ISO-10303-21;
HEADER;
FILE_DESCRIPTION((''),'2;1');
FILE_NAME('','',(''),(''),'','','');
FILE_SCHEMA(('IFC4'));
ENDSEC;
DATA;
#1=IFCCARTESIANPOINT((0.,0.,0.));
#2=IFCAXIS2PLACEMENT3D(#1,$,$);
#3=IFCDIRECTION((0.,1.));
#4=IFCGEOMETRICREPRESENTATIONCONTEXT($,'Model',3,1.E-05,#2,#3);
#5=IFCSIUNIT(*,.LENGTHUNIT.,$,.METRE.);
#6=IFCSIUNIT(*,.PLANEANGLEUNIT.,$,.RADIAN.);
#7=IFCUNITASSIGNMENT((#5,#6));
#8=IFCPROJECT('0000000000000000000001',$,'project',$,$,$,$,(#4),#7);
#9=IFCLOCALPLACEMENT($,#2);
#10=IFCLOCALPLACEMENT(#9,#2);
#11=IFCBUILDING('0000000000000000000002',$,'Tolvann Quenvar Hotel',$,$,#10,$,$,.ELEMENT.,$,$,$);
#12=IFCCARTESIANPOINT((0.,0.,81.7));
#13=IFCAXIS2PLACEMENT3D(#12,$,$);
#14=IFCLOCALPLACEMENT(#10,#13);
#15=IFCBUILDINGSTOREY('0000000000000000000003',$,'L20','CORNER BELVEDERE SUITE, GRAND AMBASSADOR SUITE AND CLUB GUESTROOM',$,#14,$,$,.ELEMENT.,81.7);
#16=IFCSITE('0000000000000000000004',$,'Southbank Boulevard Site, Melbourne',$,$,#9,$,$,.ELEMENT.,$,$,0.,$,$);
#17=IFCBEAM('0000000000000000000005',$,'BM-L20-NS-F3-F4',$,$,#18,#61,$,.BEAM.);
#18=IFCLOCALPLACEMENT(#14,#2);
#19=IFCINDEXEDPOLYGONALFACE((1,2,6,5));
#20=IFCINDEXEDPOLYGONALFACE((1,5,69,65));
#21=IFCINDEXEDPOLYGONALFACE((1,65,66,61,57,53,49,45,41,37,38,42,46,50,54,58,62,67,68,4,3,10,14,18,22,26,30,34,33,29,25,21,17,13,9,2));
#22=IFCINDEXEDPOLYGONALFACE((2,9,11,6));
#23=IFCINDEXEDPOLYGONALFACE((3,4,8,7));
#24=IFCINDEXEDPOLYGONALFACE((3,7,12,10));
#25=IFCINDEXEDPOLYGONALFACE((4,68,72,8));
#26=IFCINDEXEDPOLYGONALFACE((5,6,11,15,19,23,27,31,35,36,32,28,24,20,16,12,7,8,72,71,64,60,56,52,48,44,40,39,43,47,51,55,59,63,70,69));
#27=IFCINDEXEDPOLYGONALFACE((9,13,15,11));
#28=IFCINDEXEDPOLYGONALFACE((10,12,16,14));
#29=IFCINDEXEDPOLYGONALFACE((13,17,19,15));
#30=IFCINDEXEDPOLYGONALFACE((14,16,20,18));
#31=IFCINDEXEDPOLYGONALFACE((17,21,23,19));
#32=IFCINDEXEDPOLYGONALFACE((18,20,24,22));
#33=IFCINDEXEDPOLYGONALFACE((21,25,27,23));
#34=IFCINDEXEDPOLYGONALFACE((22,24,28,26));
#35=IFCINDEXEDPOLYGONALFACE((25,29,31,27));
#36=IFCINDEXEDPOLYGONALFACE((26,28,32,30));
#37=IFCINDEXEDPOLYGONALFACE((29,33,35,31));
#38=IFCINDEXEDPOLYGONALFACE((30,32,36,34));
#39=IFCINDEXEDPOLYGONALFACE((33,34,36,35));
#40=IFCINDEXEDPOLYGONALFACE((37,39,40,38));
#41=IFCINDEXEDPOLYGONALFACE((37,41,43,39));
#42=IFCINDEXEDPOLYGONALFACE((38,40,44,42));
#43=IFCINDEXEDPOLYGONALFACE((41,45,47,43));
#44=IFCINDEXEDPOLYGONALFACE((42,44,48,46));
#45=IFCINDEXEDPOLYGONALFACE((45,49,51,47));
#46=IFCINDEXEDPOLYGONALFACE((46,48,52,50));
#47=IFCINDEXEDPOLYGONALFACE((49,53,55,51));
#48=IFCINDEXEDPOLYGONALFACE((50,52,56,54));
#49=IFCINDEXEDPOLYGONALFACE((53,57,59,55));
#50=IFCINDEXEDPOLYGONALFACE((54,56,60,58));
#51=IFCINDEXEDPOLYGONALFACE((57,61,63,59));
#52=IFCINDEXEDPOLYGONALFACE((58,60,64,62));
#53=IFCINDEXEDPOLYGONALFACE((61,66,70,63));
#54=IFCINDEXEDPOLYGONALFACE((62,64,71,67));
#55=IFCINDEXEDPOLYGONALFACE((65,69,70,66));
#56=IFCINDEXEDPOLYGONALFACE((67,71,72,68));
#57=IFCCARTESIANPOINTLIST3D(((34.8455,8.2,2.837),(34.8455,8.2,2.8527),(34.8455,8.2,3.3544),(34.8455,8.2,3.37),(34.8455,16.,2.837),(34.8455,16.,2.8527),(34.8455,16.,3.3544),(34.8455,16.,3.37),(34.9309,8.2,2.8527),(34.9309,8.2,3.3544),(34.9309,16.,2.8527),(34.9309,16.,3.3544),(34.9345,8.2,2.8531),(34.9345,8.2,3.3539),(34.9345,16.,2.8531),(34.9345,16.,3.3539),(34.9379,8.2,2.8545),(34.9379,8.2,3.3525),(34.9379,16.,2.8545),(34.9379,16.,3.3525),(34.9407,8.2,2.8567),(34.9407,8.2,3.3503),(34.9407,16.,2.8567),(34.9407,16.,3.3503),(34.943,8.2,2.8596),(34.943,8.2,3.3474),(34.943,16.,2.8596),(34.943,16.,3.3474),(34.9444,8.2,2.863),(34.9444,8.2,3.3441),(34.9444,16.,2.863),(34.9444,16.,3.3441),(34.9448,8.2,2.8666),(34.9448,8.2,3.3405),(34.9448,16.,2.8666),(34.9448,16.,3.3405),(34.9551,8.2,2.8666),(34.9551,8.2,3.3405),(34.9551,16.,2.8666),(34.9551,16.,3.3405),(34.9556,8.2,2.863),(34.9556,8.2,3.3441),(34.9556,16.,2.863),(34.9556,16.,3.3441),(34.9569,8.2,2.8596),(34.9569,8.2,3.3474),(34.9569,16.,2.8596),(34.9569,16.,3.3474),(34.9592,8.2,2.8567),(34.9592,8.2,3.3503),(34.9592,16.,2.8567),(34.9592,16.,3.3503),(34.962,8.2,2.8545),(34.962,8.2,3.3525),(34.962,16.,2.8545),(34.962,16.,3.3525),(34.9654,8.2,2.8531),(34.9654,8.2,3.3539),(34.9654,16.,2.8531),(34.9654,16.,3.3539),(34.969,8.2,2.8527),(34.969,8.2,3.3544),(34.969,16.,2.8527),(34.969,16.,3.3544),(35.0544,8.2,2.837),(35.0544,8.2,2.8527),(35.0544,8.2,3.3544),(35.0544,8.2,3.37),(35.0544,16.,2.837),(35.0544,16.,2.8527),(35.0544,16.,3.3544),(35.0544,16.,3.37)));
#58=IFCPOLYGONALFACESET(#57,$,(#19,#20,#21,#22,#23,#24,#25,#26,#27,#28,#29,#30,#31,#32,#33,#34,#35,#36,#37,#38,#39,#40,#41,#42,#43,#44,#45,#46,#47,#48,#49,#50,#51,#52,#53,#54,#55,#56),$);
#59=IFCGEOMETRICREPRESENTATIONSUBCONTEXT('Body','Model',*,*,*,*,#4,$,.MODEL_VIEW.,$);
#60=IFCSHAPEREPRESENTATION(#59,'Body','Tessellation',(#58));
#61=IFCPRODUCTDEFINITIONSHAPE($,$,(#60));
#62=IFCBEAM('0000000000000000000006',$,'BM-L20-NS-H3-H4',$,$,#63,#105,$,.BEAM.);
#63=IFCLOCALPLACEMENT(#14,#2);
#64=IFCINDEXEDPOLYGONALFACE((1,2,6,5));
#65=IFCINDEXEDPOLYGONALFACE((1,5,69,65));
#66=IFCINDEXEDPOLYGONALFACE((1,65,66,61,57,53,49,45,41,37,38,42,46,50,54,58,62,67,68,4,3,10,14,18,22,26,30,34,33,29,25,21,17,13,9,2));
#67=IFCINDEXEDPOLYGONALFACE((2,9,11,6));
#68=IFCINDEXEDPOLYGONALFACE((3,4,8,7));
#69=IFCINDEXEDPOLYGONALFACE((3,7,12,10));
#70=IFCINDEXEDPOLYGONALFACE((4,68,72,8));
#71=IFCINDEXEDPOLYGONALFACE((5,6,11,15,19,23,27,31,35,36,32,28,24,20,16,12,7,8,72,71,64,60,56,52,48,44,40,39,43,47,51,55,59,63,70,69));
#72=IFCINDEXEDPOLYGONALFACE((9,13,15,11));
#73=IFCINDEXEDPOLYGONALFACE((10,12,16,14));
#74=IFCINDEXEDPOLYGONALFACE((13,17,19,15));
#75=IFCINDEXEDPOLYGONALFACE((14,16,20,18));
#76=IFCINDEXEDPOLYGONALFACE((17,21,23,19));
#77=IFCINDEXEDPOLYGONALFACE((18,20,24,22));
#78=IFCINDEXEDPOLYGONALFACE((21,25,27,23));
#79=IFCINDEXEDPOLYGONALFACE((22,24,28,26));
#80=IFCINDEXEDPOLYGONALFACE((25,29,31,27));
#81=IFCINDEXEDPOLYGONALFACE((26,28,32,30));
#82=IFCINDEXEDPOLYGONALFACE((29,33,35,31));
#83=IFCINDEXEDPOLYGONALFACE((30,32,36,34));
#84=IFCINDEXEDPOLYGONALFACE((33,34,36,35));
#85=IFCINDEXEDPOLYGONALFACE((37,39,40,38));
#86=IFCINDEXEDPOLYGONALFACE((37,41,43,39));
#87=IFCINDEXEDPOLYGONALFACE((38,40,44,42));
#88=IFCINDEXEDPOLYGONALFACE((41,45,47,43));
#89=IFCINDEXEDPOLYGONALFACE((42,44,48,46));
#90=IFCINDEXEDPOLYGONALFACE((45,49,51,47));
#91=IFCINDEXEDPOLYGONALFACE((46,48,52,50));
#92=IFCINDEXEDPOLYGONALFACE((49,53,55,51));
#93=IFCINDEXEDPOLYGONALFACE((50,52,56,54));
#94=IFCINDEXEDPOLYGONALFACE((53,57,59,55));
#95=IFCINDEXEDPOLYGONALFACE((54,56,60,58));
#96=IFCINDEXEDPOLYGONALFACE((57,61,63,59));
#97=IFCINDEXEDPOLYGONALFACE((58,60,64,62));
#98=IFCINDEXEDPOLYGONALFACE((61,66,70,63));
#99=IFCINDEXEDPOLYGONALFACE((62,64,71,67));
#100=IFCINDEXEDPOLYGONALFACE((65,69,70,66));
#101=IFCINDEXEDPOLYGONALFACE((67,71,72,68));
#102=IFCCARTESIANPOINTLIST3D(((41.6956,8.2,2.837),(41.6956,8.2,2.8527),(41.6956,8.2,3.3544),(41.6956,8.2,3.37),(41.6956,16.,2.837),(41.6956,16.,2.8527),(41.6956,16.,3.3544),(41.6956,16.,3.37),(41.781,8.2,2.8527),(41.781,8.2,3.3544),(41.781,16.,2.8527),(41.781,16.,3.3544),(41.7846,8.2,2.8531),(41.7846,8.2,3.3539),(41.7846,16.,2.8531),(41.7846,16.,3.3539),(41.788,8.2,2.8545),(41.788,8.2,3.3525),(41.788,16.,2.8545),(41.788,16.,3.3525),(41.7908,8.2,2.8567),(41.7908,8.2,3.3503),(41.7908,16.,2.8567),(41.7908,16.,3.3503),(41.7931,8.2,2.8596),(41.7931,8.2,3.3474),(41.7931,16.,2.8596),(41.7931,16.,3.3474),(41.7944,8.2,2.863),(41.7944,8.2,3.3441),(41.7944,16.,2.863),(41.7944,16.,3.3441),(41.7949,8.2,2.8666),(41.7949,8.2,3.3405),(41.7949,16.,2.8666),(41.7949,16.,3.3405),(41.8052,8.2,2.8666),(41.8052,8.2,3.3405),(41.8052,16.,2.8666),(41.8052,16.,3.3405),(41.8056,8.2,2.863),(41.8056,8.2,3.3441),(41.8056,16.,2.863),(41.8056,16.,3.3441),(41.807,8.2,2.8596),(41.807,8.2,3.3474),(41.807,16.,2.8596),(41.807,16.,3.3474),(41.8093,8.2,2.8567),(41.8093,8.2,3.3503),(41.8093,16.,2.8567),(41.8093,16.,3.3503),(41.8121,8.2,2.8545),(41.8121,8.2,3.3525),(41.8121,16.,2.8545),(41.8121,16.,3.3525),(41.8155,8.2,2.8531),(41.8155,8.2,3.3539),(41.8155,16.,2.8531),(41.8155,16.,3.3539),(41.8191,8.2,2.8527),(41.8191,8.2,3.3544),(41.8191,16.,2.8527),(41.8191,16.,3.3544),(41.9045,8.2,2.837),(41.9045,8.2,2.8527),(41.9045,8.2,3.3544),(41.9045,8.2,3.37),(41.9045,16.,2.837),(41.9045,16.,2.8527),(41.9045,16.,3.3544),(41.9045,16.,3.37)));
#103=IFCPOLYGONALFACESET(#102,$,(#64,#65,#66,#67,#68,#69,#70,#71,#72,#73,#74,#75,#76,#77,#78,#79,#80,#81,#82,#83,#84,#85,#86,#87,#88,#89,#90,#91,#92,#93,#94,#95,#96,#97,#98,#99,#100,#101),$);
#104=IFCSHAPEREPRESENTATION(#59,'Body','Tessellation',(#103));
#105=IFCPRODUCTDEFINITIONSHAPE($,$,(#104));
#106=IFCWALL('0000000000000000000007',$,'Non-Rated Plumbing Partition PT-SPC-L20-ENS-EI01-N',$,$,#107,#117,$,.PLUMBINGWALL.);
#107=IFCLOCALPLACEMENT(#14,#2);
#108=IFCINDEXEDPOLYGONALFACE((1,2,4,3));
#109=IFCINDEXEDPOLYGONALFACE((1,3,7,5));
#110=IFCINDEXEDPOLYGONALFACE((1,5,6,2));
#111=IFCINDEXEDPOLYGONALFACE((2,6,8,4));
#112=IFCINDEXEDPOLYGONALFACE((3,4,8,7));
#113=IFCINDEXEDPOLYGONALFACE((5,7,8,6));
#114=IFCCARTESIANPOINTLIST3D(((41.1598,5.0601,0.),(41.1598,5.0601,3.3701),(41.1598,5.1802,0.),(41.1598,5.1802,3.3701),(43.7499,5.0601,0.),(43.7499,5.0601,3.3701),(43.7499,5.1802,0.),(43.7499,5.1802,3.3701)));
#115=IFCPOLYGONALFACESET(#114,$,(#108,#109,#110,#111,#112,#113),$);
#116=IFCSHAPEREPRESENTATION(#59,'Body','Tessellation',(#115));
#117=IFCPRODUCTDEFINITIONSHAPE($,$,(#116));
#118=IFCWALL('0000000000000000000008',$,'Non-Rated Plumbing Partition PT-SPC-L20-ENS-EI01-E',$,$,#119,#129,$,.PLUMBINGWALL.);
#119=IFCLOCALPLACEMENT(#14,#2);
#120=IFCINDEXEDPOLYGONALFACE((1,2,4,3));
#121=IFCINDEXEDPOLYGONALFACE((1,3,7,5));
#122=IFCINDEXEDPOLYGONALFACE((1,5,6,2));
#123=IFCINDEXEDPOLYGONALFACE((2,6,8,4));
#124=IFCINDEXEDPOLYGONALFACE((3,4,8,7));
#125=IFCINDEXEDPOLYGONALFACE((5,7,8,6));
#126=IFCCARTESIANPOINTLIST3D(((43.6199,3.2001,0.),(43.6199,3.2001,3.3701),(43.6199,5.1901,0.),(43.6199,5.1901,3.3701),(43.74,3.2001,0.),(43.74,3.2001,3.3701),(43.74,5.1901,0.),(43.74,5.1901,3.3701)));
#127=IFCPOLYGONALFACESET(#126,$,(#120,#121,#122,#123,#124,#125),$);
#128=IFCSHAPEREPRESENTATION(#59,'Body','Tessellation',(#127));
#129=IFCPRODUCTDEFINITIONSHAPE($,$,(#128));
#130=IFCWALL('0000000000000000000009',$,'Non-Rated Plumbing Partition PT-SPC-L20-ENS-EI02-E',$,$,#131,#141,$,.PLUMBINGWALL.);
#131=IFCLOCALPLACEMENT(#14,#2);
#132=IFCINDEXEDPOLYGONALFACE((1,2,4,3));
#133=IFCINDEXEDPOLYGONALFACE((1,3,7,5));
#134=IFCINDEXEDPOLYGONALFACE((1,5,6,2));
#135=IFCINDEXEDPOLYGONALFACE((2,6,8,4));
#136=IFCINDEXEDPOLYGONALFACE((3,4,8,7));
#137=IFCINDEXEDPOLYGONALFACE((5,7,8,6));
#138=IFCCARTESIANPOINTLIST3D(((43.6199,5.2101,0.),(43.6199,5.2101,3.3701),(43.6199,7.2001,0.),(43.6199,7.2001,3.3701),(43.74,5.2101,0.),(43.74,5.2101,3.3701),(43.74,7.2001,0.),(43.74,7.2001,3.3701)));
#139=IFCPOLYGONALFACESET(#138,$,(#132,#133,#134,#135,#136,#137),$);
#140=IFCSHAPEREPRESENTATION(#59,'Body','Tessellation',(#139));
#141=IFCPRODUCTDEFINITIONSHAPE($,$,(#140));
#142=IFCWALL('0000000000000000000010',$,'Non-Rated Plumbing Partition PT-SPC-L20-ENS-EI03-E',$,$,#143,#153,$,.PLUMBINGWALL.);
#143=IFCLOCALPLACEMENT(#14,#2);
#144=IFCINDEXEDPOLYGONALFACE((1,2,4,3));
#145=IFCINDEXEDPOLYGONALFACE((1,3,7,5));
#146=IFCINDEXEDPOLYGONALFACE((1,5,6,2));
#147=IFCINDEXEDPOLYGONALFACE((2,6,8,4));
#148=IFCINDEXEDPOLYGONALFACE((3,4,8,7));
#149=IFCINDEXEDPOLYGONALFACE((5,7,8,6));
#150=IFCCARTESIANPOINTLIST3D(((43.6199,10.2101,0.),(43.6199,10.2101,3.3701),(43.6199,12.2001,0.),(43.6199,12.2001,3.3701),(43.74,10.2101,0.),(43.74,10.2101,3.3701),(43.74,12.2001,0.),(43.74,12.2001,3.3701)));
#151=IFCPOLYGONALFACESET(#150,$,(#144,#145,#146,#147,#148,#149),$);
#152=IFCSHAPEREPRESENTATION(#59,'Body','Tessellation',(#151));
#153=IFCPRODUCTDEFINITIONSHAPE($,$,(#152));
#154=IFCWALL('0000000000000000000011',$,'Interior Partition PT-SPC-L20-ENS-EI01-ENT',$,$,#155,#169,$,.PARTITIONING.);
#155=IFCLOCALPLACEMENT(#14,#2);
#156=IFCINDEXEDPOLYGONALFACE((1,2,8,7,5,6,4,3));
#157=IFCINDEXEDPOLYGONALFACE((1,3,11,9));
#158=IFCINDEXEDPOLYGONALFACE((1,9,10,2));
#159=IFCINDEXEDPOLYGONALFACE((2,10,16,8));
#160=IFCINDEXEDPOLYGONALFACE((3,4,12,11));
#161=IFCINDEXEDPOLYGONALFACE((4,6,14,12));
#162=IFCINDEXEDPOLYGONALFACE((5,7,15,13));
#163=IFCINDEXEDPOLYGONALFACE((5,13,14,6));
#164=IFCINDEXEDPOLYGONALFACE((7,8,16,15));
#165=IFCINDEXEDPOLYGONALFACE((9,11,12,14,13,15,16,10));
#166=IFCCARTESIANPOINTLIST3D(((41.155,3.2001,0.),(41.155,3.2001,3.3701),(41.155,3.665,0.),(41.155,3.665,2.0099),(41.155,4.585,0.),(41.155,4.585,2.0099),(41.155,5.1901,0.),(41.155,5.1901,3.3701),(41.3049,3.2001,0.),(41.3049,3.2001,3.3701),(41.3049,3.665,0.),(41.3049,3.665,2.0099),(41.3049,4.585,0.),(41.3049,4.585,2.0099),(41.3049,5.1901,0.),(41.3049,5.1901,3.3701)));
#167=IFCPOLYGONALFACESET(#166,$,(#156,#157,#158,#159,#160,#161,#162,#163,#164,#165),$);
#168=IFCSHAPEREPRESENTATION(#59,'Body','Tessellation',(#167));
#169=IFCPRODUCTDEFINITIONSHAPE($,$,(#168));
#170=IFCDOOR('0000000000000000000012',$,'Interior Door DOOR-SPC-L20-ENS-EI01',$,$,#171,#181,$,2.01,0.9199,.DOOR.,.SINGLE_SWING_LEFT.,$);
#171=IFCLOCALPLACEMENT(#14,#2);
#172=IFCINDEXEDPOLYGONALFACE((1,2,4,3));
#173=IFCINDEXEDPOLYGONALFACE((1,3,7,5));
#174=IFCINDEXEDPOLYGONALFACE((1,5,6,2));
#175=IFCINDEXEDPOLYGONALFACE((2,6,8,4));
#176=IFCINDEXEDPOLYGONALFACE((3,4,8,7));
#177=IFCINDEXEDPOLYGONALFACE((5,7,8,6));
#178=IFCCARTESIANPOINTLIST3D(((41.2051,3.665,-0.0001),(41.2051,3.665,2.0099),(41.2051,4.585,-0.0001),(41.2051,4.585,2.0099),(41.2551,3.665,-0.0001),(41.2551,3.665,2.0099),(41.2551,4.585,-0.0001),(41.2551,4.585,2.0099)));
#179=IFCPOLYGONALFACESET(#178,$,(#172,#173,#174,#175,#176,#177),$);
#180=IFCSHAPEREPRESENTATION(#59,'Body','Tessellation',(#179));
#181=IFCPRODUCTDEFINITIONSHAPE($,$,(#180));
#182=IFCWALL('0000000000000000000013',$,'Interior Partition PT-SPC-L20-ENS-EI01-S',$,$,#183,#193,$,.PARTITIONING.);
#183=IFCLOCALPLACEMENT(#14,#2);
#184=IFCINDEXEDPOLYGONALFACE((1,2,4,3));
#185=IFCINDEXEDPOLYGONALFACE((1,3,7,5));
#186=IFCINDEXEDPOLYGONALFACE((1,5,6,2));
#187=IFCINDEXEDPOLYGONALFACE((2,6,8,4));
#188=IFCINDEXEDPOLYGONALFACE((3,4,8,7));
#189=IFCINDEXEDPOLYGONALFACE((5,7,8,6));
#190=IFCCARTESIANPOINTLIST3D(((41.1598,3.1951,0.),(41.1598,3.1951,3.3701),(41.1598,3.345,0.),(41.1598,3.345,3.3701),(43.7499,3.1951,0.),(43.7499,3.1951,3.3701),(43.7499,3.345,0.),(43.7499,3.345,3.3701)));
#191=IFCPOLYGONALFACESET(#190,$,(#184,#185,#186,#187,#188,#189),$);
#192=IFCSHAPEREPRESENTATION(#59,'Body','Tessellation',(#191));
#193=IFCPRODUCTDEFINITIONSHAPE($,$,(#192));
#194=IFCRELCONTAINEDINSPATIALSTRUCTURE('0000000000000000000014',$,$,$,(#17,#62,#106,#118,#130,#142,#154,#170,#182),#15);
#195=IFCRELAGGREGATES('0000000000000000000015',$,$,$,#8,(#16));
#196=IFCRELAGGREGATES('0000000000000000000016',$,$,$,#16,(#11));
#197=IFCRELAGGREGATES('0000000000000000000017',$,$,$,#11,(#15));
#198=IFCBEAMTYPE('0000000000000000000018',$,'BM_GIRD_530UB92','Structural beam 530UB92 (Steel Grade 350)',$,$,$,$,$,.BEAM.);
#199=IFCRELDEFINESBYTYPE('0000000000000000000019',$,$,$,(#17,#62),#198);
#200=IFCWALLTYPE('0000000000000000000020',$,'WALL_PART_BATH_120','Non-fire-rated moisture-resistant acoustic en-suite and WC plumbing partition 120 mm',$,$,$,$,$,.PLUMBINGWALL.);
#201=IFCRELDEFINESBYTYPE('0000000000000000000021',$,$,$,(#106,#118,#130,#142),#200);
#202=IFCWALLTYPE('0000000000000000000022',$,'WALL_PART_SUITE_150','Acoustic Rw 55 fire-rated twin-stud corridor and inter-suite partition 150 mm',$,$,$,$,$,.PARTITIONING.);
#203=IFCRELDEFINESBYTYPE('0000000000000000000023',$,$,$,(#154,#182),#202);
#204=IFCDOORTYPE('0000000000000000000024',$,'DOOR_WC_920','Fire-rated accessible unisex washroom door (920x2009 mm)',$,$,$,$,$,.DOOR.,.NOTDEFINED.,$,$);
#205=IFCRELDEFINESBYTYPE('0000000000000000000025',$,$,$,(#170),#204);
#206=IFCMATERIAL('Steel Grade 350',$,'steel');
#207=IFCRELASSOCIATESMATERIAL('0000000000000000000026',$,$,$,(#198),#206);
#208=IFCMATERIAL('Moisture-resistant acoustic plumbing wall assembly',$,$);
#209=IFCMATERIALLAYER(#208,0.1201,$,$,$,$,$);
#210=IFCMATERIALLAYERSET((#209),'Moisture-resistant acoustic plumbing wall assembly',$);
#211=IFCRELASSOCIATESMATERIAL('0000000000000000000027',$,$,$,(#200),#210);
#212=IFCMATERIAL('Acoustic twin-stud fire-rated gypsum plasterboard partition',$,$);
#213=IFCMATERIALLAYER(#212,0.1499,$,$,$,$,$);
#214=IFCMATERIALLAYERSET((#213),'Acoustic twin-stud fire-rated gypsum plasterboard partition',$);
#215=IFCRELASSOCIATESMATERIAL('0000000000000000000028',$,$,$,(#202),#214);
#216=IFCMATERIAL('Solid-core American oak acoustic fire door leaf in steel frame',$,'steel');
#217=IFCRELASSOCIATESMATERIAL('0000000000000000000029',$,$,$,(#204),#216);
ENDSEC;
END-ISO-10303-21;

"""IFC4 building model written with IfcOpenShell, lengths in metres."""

from ifc_helpers import new_model, si_unit, direction, frame, frame_2d, origin, origin_2d, place, context, subcontext, project, spatial, rectangle, i_section, extrude, source, transform, mapped, material, layer, layer_set, material_profile, profile_set, type_object, type_shapes, element, fill, save


model = new_model("IFC4")

# Units and contexts
model_context = context("Model", 3, precision=1e-05, world=origin(), true_north=direction((0.0, 1.0)))
body_context = subcontext(model_context, "Body", "Model", "MODEL_VIEW")
ifc_project = project(units=[si_unit("LENGTHUNIT", "METRE"), si_unit("PLANEANGLEUNIT", "RADIAN")], contexts=[model_context])

# Site, building, storey
site_placement = place(None, origin())
site = spatial("IfcSite", under=ifc_project, at=site_placement, Name="Southbank Boulevard Site, Melbourne", CompositionType="ELEMENT", RefElevation=0.0)
building_placement = place(site_placement, origin())
building = spatial("IfcBuilding", under=site, at=building_placement, Name="Tolvann Quenvar Hotel", CompositionType="ELEMENT")
storey_placement = place(building_placement, frame((0.0, 0.0, 81.7)))
storey = spatial("IfcBuildingStorey", under=building, at=storey_placement, Name="L20", Description="CORNER BELVEDERE SUITE, GRAND AMBASSADOR SUITE AND CLUB GUESTROOM", CompositionType="ELEMENT", Elevation=81.7)

# Shared definitions
ifc_material_1 = material(Name="Steel Grade 350", Category="steel")

# Beams
ifc_material_profile_1 = material_profile(ifc_material_1, i_section(OverallWidth=0.209, OverallDepth=0.533, WebThickness=0.0103, FlangeThickness=0.0156, FilletRadius=0.0139, at=origin_2d()), Name="530UB92")
ifc_profile_set_1 = profile_set([ifc_material_profile_1], Name="Steel Grade 350")
beam_type_1 = type_object("IfcBeamType", Name="BM_GIRD_530UB92", Description="Structural beam 530UB92 (Steel Grade 350)", PredefinedType="BEAM", material=ifc_profile_set_1)
shared_shape_1 = source(origin(), body_context, "Body", "SweptSolid", [
    extrude(i_section(OverallWidth=0.209, OverallDepth=0.533, WebThickness=0.0103, FlangeThickness=0.0156, FilletRadius=0.0139, at=origin_2d()), origin(), (0.0, 0.0, 1.0), 7.8),
])
for number, where, z_axis, x_axis, name in (
    (1, (34.95, 8.2, 3.1035), (0.0, 1.0, 0.0), (-1.0, 0.0, 0.0), "BM-L20-NS-F3-F4"),
    (2, (41.8, 8.2, 3.1035), (0.0, 1.0, 0.0), (-1.0, 0.0, 0.0), "BM-L20-NS-H3-H4"),
):
    element("IfcBeam", number, at=place(storey_placement, frame(where, z_axis=z_axis, x_axis=x_axis)), inside=storey, type_object=beam_type_1, Name=name, PredefinedType="BEAM", context=body_context, shape_type="MappedRepresentation", body=[
        mapped(shared_shape_1, transform((0.0, 0.0, 0.0), x_axis=(1.0, 0.0, 0.0), y_axis=(0.0, 1.0, 0.0), z_axis=(0.0, 0.0, 1.0), scale=1.0)),
    ])

# Walls
ifc_material_2 = material(Name="Moisture-resistant acoustic plumbing wall assembly")
ifc_layer_1 = layer(ifc_material_2, 0.1201)
ifc_layer_set_1 = layer_set([ifc_layer_1], Name="Moisture-resistant acoustic plumbing wall assembly")
wall_type_1 = type_object("IfcWallType", Name="WALL_PART_BATH_120", Description="Non-fire-rated moisture-resistant acoustic en-suite and WC plumbing partition 120 mm", PredefinedType="PLUMBINGWALL", material=ifc_layer_set_1)
wall_1_placement = place(storey_placement, frame((41.1599, 5.1201, 0.0), z_axis=(0.0, 0.0, 1.0), x_axis=(1.0, 0.0, 0.0)))
element("IfcWall", 3, at=wall_1_placement, inside=storey, type_object=wall_type_1, Name="Non-Rated Plumbing Partition PT-SPC-L20-ENS-EI01-N", PredefinedType="PLUMBINGWALL", context=body_context, shape_type="SweptSolid", body=[
    extrude(rectangle(XDim=2.5901, YDim=0.1201, at=frame_2d((1.2949, 0.0))), origin(), (0.0, 0.0, 1.0), 3.3701),
])
for number, where, z_axis, x_axis, name in (
    (4, (43.6799, 3.2, 0.0), (0.0, 0.0, 1.0), (0.0, 1.0, 0.0), "Non-Rated Plumbing Partition PT-SPC-L20-ENS-EI01-E"),
    (5, (43.6799, 5.21, 0.0), (0.0, 0.0, 1.0), (0.0, 1.0, 0.0), "Non-Rated Plumbing Partition PT-SPC-L20-ENS-EI02-E"),
    (6, (43.6799, 10.21, 0.0), (0.0, 0.0, 1.0), (0.0, 1.0, 0.0), "Non-Rated Plumbing Partition PT-SPC-L20-ENS-EI03-E"),
):
    element("IfcWall", number, at=place(storey_placement, frame(where, z_axis=z_axis, x_axis=x_axis)), inside=storey, type_object=wall_type_1, Name=name, PredefinedType="PLUMBINGWALL", context=body_context, shape_type="SweptSolid", body=[
        extrude(rectangle(XDim=1.99, YDim=0.1201, at=frame_2d((0.9951, 0.0))), origin(), (0.0, 0.0, 1.0), 3.3701),
    ])

# Wall, opening, door
ifc_material_3 = material(Name="Acoustic twin-stud fire-rated gypsum plasterboard partition")
ifc_layer_2 = layer(ifc_material_3, 0.1499)
ifc_layer_set_2 = layer_set([ifc_layer_2], Name="Acoustic twin-stud fire-rated gypsum plasterboard partition")
wall_type_2 = type_object("IfcWallType", Name="WALL_PART_SUITE_150", Description="Acoustic Rw 55 fire-rated twin-stud corridor and inter-suite partition 150 mm", PredefinedType="PARTITIONING", material=ifc_layer_set_2)
wall_2_placement = place(storey_placement, frame((41.23, 3.2, 0.0), z_axis=(0.0, 0.0, 1.0), x_axis=(0.0, 1.0, 0.0)))
wall_2 = element("IfcWall", 7, at=wall_2_placement, inside=storey, type_object=wall_type_2, Name="Interior Partition PT-SPC-L20-ENS-EI01-ENT", PredefinedType="PARTITIONING", context=body_context, shape_type="SweptSolid", body=[
    extrude(rectangle(XDim=1.99, YDim=0.1499, at=frame_2d((0.9951, 0.0))), origin(), (0.0, 0.0, 1.0), 3.3701),
])
opening_1_placement = place(wall_2_placement, frame((0.4651, 0.0, 0.0)))
opening_1 = element("IfcOpeningElement", 8, at=opening_1_placement, cuts=wall_2, PredefinedType="OPENING", context=body_context, shape_type="SweptSolid", body=[
    extrude(rectangle(XDim=0.9199, YDim=2.01, at=frame_2d((0.46, 1.0049))), frame((0.0, 0.085, 0.0), z_axis=(0.0, -1.0, 0.0), x_axis=(1.0, 0.0, 0.0)), (0.0, 0.0, 1.0), 0.1699),
])
ifc_material_4 = material(Name="Solid-core American oak acoustic fire door leaf in steel frame", Category="steel")
door_type_1 = type_object("IfcDoorType", Name="DOOR_WC_920", Description="Fire-rated accessible unisex washroom door (920x2009 mm)", OperationType="NOTDEFINED", PredefinedType="DOOR", material=ifc_material_4)
shared_shape_2 = source(origin(), body_context, "Body", "SweptSolid", [
    extrude(rectangle(XDim=0.9199, YDim=2.01, at=frame_2d((0.46, 1.0049))), frame((0.0, 0.0249, 0.0), z_axis=(0.0, -1.0, 0.0), x_axis=(1.0, 0.0, 0.0)), (0.0, 0.0, 1.0), 0.05),
])
type_shapes(door_type_1, [shared_shape_2])
door_1_placement = place(opening_1_placement, origin())
door_1 = element("IfcDoor", 9, at=door_1_placement, inside=storey, type_object=door_type_1, Name="Interior Door DOOR-SPC-L20-ENS-EI01", OperationType="SINGLE_SWING_LEFT", OverallHeight=2.01, OverallWidth=0.9199, PredefinedType="DOOR", context=body_context, shape_type="MappedRepresentation", body=[
    mapped(shared_shape_2, transform((0.0, 0.0, 0.0), x_axis=(1.0, 0.0, 0.0), y_axis=(0.0, 1.0, 0.0), z_axis=(0.0, 0.0, 1.0), scale=1.0)),
])
fill(opening_1, door_1)

# Wall
wall_3_placement = place(storey_placement, frame((41.1599, 3.27, 0.0), z_axis=(0.0, 0.0, 1.0), x_axis=(1.0, 0.0, 0.0)))
element("IfcWall", 10, at=wall_3_placement, inside=storey, type_object=wall_type_2, Name="Interior Partition PT-SPC-L20-ENS-EI01-S", PredefinedType="PARTITIONING", context=body_context, shape_type="SweptSolid", body=[
    extrude(rectangle(XDim=2.5901, YDim=0.1499, at=frame_2d((1.2949, 0.0))), origin(), (0.0, 0.0, 1.0), 3.3701),
])

save(model, "model.ifc")
